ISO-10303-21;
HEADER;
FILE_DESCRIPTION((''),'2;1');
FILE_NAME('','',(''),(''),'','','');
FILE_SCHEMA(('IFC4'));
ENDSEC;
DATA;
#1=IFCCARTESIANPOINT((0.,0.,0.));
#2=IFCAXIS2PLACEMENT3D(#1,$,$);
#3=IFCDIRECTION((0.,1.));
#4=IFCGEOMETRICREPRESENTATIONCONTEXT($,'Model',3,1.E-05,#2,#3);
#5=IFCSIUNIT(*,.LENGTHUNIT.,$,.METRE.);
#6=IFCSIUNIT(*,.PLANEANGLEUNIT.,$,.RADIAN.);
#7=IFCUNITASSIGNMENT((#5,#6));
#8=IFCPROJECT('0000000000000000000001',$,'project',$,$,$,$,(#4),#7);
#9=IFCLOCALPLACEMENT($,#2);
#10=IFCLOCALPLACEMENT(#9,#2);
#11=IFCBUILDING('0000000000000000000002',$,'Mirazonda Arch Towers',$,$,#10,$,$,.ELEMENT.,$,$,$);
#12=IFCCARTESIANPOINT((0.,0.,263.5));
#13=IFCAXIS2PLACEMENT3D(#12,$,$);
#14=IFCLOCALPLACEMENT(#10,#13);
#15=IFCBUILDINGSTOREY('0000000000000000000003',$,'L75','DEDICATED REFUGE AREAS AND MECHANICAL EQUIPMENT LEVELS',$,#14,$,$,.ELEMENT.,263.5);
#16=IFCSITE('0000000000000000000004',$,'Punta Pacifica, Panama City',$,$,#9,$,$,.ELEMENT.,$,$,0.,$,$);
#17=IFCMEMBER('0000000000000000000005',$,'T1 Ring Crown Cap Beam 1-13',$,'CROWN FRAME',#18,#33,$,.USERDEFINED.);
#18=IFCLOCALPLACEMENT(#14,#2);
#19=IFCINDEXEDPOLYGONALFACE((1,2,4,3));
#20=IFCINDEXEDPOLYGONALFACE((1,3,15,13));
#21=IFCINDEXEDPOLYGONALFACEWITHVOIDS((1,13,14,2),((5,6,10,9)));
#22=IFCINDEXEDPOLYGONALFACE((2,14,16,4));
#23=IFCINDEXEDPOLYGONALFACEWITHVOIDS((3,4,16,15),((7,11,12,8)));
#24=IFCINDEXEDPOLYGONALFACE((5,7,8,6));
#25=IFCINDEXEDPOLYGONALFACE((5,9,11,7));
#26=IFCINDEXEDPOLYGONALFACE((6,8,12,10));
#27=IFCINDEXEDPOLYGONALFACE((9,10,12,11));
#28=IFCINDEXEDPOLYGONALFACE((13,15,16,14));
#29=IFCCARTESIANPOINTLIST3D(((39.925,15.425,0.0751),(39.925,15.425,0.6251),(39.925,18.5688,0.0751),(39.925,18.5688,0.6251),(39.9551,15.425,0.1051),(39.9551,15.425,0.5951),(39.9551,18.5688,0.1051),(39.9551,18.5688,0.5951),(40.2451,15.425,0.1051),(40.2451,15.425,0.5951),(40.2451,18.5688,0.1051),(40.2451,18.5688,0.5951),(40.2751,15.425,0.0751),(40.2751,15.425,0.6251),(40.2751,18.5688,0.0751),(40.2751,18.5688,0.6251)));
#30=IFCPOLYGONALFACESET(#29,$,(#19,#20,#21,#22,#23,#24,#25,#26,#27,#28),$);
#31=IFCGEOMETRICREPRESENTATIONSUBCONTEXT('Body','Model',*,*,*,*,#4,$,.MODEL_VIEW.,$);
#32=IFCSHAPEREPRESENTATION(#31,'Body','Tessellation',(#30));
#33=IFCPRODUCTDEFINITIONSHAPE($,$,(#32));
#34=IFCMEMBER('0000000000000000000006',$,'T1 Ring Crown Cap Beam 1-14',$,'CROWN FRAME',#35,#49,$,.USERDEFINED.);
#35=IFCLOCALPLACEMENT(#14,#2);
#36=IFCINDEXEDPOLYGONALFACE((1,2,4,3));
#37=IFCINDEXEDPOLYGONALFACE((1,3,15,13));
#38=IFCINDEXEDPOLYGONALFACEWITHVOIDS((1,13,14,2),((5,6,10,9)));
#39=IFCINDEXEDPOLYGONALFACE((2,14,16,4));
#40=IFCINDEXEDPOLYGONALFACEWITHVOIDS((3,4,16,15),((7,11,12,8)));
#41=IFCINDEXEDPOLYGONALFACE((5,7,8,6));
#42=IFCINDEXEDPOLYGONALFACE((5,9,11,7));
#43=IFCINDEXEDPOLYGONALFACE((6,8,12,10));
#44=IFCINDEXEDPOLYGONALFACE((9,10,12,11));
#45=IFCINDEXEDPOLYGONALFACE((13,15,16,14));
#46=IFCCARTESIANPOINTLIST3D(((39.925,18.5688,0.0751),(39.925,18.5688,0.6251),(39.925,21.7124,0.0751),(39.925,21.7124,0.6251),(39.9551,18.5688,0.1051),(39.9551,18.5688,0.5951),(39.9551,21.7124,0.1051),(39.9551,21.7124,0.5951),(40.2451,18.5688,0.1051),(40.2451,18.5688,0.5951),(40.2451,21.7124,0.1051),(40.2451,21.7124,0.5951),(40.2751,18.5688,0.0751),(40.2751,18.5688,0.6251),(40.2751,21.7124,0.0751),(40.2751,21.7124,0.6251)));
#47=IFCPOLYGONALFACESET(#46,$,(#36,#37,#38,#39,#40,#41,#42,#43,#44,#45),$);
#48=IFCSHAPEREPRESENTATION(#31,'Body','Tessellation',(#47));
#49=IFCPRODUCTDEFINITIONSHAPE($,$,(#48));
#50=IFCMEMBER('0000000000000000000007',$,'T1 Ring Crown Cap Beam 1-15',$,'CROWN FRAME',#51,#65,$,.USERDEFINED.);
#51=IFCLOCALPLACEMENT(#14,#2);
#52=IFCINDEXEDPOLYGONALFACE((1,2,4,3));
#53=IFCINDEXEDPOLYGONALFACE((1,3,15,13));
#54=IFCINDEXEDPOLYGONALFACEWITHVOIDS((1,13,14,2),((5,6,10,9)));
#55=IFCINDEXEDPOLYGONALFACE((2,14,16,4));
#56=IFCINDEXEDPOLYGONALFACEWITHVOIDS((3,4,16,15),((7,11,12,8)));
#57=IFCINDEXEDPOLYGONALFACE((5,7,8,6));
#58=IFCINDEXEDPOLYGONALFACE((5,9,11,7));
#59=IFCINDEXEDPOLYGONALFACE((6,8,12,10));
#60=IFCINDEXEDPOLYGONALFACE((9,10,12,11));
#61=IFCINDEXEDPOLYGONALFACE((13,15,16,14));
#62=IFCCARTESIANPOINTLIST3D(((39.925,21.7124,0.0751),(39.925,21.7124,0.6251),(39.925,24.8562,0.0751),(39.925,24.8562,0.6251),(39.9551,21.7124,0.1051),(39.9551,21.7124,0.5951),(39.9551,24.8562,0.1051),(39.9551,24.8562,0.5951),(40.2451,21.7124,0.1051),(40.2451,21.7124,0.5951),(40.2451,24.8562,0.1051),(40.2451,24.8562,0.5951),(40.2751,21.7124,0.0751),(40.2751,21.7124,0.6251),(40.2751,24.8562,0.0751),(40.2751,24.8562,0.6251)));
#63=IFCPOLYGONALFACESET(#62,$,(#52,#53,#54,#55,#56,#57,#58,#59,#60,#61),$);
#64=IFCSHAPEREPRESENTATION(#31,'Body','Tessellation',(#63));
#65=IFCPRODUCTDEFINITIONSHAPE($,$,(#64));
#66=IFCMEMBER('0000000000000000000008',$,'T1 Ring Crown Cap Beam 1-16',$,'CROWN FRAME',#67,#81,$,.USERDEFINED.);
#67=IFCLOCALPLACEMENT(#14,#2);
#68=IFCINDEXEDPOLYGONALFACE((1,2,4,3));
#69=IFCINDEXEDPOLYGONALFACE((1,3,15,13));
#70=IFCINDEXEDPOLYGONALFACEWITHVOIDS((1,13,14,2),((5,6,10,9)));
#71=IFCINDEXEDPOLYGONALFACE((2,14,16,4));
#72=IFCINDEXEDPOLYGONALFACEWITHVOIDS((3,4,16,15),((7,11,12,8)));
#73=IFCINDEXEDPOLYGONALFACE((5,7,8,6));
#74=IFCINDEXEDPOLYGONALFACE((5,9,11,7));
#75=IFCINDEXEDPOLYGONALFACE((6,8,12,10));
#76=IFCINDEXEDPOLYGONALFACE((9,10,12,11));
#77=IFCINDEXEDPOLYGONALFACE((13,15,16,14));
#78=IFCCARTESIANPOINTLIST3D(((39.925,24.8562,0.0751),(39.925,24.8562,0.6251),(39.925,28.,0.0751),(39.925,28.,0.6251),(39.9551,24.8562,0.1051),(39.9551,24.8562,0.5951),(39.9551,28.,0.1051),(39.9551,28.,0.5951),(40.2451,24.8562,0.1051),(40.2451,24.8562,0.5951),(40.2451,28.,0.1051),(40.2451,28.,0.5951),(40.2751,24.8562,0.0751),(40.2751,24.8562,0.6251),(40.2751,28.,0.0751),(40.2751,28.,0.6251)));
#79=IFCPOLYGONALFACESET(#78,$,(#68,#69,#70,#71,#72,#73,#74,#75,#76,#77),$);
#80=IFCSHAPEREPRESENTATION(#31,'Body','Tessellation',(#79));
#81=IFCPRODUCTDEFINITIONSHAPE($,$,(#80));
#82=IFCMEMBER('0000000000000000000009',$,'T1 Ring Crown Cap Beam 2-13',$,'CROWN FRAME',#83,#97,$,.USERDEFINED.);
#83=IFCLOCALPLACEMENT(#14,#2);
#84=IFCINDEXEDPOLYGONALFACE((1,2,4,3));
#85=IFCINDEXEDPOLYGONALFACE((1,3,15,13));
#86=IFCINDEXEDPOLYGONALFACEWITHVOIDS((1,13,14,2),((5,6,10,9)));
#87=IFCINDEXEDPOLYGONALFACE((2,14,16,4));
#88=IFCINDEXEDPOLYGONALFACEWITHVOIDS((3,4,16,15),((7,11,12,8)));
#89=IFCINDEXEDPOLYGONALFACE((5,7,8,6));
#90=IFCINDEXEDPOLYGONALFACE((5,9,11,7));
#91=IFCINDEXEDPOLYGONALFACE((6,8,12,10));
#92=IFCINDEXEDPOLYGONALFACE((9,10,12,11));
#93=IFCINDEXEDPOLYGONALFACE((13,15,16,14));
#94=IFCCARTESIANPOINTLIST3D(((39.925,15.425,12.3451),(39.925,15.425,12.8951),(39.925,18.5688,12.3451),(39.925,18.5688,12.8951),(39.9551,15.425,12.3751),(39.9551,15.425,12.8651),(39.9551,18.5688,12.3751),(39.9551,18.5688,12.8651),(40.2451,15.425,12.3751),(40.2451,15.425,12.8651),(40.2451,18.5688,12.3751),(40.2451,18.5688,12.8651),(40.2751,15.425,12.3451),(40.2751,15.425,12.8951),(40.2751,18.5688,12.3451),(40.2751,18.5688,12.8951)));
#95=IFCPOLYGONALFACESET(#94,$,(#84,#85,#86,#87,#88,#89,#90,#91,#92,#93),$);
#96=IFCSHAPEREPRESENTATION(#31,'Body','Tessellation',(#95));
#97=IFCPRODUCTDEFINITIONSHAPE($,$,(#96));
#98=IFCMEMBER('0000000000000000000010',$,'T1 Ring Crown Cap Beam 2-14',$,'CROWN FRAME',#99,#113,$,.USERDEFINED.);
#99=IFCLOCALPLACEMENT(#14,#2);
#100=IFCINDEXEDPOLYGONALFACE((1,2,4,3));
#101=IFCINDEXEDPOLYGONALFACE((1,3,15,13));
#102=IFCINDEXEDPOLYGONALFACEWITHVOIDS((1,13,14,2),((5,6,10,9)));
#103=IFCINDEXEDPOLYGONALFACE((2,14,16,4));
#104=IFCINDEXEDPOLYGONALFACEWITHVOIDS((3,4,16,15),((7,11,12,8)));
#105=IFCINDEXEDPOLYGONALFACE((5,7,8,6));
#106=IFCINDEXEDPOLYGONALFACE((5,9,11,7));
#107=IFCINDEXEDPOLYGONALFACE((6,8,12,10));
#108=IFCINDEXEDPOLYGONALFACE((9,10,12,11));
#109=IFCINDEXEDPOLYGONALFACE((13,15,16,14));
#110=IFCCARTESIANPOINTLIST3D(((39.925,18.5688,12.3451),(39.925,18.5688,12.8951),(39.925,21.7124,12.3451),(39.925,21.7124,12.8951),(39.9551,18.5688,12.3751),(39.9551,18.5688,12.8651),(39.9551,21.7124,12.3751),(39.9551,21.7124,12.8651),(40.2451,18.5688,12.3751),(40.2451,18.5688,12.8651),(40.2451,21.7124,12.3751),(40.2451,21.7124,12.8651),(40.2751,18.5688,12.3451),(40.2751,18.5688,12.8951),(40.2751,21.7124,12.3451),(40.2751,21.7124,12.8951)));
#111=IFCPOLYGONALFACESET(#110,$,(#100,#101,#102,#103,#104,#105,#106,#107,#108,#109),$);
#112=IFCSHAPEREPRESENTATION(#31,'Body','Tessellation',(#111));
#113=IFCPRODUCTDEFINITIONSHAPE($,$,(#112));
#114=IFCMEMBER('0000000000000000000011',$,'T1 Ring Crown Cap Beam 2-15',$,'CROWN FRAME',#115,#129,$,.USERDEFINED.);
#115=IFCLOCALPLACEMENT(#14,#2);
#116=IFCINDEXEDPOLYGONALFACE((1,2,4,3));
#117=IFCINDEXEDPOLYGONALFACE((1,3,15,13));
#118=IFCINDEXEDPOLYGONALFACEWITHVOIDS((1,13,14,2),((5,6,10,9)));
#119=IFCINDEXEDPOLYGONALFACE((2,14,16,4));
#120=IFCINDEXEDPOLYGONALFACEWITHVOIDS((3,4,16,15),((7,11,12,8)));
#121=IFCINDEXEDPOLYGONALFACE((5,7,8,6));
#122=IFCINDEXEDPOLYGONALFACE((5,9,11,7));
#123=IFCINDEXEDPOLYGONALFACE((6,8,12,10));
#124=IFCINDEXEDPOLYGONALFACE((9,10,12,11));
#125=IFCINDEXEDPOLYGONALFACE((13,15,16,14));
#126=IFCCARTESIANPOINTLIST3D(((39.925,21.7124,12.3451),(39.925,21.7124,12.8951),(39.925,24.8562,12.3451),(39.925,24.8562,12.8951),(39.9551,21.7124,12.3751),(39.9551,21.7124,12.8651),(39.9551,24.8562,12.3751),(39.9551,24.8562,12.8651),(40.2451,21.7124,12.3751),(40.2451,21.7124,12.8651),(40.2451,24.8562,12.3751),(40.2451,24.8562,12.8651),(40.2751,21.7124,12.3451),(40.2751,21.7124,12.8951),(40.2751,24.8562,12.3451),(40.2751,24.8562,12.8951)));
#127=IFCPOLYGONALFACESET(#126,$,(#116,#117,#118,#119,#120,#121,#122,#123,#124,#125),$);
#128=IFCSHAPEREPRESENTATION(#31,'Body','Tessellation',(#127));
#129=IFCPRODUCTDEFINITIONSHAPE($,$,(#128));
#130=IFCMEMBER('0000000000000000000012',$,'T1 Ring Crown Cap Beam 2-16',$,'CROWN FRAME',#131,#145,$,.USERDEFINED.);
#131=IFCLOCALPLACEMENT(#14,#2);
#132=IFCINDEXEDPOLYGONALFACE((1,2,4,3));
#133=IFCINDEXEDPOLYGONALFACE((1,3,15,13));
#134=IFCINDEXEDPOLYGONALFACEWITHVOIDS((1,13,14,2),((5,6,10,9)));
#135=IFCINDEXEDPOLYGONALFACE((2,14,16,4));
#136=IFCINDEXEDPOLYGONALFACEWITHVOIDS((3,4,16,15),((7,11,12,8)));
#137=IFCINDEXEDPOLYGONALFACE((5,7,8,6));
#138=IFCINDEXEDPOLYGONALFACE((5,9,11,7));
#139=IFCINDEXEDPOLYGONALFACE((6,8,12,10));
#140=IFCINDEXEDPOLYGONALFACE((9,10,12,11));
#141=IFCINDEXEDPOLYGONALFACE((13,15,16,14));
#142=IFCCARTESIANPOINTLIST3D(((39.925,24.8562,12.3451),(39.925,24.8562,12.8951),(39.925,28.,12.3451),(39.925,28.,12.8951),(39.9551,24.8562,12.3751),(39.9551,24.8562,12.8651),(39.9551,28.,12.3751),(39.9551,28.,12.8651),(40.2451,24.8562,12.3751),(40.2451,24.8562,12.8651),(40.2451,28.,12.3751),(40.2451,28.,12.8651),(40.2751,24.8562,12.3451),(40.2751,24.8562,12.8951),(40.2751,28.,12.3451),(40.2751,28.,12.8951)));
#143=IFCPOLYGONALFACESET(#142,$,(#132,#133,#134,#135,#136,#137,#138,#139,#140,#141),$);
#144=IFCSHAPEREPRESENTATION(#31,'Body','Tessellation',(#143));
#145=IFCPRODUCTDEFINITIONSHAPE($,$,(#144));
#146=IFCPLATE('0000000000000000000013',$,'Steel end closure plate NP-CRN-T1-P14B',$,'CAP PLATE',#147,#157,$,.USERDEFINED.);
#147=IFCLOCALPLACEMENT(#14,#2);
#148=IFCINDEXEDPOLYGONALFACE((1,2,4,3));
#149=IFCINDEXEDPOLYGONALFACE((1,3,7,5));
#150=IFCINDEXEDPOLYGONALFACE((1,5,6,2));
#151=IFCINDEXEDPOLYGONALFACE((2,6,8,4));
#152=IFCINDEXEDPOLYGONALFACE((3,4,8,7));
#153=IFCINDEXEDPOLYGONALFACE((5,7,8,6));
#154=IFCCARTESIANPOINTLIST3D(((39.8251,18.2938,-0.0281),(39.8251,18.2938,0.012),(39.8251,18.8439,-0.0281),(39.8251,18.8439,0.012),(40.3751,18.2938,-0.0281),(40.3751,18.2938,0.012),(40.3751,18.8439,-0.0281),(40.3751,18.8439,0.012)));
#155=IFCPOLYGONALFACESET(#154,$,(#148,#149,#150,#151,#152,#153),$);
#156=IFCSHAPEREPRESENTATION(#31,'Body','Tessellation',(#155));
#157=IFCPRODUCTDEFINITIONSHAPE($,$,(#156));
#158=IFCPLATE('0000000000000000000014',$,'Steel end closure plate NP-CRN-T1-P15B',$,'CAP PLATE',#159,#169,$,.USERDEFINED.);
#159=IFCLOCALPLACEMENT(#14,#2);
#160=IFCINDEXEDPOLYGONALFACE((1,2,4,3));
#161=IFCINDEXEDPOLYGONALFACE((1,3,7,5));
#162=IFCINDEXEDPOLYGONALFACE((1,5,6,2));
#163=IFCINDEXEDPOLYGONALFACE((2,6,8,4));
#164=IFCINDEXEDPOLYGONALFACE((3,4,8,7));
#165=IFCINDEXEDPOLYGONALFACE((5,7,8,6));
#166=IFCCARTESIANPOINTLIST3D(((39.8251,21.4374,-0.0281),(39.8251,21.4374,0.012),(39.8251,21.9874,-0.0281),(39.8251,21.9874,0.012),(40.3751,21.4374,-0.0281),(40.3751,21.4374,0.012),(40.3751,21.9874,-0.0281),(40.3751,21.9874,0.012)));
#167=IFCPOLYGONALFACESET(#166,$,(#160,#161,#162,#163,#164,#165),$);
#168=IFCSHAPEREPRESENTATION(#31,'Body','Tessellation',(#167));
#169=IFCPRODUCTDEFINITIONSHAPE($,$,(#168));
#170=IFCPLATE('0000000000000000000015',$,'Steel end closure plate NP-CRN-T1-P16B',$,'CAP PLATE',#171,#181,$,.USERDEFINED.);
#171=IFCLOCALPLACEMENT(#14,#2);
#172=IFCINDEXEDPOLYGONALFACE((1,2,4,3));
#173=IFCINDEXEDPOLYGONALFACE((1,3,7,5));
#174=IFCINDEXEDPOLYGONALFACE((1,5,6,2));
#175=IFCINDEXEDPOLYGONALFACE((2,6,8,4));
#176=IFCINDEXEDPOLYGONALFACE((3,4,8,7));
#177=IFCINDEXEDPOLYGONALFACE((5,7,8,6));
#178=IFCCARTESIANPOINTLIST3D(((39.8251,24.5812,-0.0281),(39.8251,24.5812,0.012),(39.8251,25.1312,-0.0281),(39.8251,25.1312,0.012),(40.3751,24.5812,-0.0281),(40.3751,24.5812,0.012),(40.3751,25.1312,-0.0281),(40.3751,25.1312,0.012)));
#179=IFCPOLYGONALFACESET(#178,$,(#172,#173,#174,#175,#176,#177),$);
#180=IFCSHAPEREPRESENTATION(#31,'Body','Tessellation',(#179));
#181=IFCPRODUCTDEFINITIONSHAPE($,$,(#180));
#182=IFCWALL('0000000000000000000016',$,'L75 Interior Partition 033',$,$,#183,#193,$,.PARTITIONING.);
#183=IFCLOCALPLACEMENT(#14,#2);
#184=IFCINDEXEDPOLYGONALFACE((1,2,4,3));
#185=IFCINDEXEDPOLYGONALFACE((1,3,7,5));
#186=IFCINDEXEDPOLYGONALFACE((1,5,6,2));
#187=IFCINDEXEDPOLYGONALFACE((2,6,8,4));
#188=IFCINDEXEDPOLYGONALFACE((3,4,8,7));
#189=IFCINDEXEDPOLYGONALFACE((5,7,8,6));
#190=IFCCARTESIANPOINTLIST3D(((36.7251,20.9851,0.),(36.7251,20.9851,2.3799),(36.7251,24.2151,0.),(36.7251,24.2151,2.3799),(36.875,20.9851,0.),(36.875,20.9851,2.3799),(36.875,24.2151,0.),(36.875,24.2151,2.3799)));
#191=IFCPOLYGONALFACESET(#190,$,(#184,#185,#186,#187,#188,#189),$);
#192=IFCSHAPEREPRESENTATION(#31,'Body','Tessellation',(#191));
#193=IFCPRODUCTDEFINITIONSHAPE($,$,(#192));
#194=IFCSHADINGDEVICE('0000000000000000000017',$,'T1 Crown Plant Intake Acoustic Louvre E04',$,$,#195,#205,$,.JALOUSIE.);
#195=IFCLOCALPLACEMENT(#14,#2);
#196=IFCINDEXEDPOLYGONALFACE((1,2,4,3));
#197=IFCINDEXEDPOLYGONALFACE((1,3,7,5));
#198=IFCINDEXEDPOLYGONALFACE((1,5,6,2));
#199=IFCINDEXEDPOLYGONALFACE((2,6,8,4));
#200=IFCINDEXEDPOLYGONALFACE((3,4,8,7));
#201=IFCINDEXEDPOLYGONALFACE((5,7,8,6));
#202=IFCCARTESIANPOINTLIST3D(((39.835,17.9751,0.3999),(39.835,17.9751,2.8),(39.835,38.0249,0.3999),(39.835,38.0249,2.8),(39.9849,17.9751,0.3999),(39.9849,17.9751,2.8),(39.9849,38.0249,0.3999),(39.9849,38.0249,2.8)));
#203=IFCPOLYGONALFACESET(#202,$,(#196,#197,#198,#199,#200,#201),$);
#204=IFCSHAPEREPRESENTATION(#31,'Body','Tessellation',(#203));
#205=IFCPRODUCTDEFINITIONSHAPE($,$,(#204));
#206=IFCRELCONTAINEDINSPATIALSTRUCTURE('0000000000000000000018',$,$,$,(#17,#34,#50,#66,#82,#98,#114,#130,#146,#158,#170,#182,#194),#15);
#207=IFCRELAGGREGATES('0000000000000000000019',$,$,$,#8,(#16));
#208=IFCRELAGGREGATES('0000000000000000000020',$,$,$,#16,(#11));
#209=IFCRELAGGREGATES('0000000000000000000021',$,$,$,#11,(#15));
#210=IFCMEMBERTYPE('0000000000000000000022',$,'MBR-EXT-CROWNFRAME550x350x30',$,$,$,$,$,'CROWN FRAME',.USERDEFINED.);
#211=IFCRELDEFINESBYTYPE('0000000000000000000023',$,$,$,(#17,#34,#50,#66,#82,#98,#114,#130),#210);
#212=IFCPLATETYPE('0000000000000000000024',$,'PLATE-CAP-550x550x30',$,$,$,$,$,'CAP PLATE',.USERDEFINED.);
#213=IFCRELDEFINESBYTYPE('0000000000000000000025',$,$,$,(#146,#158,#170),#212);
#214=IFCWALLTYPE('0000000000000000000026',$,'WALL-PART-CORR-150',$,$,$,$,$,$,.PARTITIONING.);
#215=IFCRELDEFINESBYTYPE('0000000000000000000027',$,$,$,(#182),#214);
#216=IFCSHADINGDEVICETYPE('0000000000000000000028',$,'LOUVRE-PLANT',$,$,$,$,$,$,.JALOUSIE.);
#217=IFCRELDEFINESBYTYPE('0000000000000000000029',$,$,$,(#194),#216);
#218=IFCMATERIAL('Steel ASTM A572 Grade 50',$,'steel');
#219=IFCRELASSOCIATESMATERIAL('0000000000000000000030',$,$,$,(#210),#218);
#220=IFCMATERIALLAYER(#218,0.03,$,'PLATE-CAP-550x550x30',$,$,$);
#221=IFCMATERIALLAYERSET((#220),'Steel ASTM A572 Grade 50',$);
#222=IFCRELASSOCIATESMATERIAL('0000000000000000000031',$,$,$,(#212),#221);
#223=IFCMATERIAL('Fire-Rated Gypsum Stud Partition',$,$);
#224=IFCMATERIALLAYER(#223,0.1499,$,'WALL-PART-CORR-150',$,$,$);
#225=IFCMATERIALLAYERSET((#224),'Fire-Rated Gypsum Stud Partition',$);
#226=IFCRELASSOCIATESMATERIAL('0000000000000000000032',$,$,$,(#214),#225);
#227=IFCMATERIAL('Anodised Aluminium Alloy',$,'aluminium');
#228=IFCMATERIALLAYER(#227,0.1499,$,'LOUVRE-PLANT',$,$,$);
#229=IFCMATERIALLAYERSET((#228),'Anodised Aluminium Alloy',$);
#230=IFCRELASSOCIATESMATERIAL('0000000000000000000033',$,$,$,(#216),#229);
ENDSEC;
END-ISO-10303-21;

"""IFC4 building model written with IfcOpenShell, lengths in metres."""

from ifc_helpers import new_model, si_unit, direction, frame, frame_2d, origin, origin_2d, place, context, subcontext, project, spatial, rectangle, hollow_rectangle, extrude, material, layer, layer_set, material_profile, profile_set, type_object, element, save


model = new_model("IFC4")

# Units and contexts
model_context = context("Model", 3, precision=1e-05, world=origin(), true_north=direction((0.0, 1.0)))
body_context = subcontext(model_context, "Body", "Model", "MODEL_VIEW")
ifc_project = project(units=[si_unit("LENGTHUNIT", "METRE"), si_unit("PLANEANGLEUNIT", "RADIAN")], contexts=[model_context])

# Site, building, storey
site_placement = place(None, origin())
site = spatial("IfcSite", under=ifc_project, at=site_placement, Name="Punta Pacifica, Panama City", CompositionType="ELEMENT", RefElevation=0.0)
building_placement = place(site_placement, origin())
building = spatial("IfcBuilding", under=site, at=building_placement, Name="Mirazonda Arch Towers", CompositionType="ELEMENT")
storey_placement = place(building_placement, frame((0.0, 0.0, 263.5)))
storey = spatial("IfcBuildingStorey", under=building, at=storey_placement, Name="L75", Description="DEDICATED REFUGE AREAS AND MECHANICAL EQUIPMENT LEVELS", CompositionType="ELEMENT", Elevation=263.5)

# Shared definitions
ifc_material_1 = material(Name="Steel ASTM A572 Grade 50", Category="steel")

# Members
ifc_material_profile_1 = material_profile(ifc_material_1, hollow_rectangle(XDim=0.3501, YDim=0.55, WallThickness=0.03, at=origin_2d()), Name="CROWNFRAME550x350x30")
ifc_profile_set_1 = profile_set([ifc_material_profile_1], Name="Steel ASTM A572 Grade 50")
member_type_1 = type_object("IfcMemberType", Name="MBR-EXT-CROWNFRAME550x350x30", ElementType="CROWN FRAME", PredefinedType="USERDEFINED", material=ifc_profile_set_1)
member_1_placement = place(storey_placement, frame((40.1001, 15.425, 0.3501), z_axis=(0.0, 1.0, 0.0), x_axis=(-1.0, 0.0, 0.0)))
element("IfcMember", 1, at=member_1_placement, inside=storey, type_object=member_type_1, Name="T1 Ring Crown Cap Beam 1-13", ObjectType="CROWN FRAME", PredefinedType="USERDEFINED", context=body_context, shape_type="SweptSolid", body=[
    extrude(hollow_rectangle(XDim=0.3501, YDim=0.55, WallThickness=0.03, at=origin_2d()), origin(), (0.0, 0.0, 1.0), 3.1438),
])
member_2_placement = place(storey_placement, frame((40.1001, 18.5688, 0.3501), z_axis=(0.0, 1.0, 0.0), x_axis=(-1.0, 0.0, 0.0)))
element("IfcMember", 2, at=member_2_placement, inside=storey, type_object=member_type_1, Name="T1 Ring Crown Cap Beam 1-14", ObjectType="CROWN FRAME", PredefinedType="USERDEFINED", context=body_context, shape_type="SweptSolid", body=[
    extrude(hollow_rectangle(XDim=0.3501, YDim=0.55, WallThickness=0.03, at=origin_2d()), origin(), (0.0, 0.0, 1.0), 3.1436),
])
for number, where, z_axis, x_axis, name in (
    (3, (40.1001, 21.7124, 0.3501), (0.0, 1.0, 0.0), (-1.0, 0.0, 0.0), "T1 Ring Crown Cap Beam 1-15"),
    (4, (40.1001, 24.8562, 0.3501), (0.0, 1.0, 0.0), (-1.0, 0.0, 0.0), "T1 Ring Crown Cap Beam 1-16"),
    (5, (40.1001, 15.425, 12.6201), (0.0, 1.0, 0.0), (-1.0, 0.0, 0.0), "T1 Ring Crown Cap Beam 2-13"),
):
    element("IfcMember", number, at=place(storey_placement, frame(where, z_axis=z_axis, x_axis=x_axis)), inside=storey, type_object=member_type_1, Name=name, ObjectType="CROWN FRAME", PredefinedType="USERDEFINED", context=body_context, shape_type="SweptSolid", body=[
        extrude(hollow_rectangle(XDim=0.3501, YDim=0.55, WallThickness=0.03, at=origin_2d()), origin(), (0.0, 0.0, 1.0), 3.1438),
    ])
member_3_placement = place(storey_placement, frame((40.1001, 18.5688, 12.6201), z_axis=(0.0, 1.0, 0.0), x_axis=(-1.0, 0.0, 0.0)))
element("IfcMember", 6, at=member_3_placement, inside=storey, type_object=member_type_1, Name="T1 Ring Crown Cap Beam 2-14", ObjectType="CROWN FRAME", PredefinedType="USERDEFINED", context=body_context, shape_type="SweptSolid", body=[
    extrude(hollow_rectangle(XDim=0.3501, YDim=0.55, WallThickness=0.03, at=origin_2d()), origin(), (0.0, 0.0, 1.0), 3.1436),
])
for number, where, z_axis, x_axis, name in (
    (7, (40.1001, 21.7124, 12.6201), (0.0, 1.0, 0.0), (-1.0, 0.0, 0.0), "T1 Ring Crown Cap Beam 2-15"),
    (8, (40.1001, 24.8562, 12.6201), (0.0, 1.0, 0.0), (-1.0, 0.0, 0.0), "T1 Ring Crown Cap Beam 2-16"),
):
    element("IfcMember", number, at=place(storey_placement, frame(where, z_axis=z_axis, x_axis=x_axis)), inside=storey, type_object=member_type_1, Name=name, ObjectType="CROWN FRAME", PredefinedType="USERDEFINED", context=body_context, shape_type="SweptSolid", body=[
        extrude(hollow_rectangle(XDim=0.3501, YDim=0.55, WallThickness=0.03, at=origin_2d()), origin(), (0.0, 0.0, 1.0), 3.1438),
    ])

# Plates
ifc_layer_1 = layer(ifc_material_1, 0.03, Name="PLATE-CAP-550x550x30")
ifc_layer_set_1 = layer_set([ifc_layer_1], Name="Steel ASTM A572 Grade 50")
plate_type = type_object("IfcPlateType", Name="PLATE-CAP-550x550x30", ElementType="CAP PLATE", PredefinedType="USERDEFINED", material=ifc_layer_set_1)
for number, where, z_axis, x_axis, name in (
    (9, (40.1001, 18.5688, -0.0281), (0.0, 0.0, 1.0), (1.0, 0.0, 0.0), "Steel end closure plate NP-CRN-T1-P14B"),
    (10, (40.1001, 21.7124, -0.0281), (0.0, 0.0, 1.0), (1.0, 0.0, 0.0), "Steel end closure plate NP-CRN-T1-P15B"),
    (11, (40.1001, 24.8562, -0.0281), (0.0, 0.0, 1.0), (1.0, 0.0, 0.0), "Steel end closure plate NP-CRN-T1-P16B"),
):
    element("IfcPlate", number, at=place(storey_placement, frame(where, z_axis=z_axis, x_axis=x_axis)), inside=storey, type_object=plate_type, Name=name, ObjectType="CAP PLATE", PredefinedType="USERDEFINED", context=body_context, shape_type="SweptSolid", body=[
        extrude(rectangle(XDim=0.55, YDim=0.55, at=origin_2d()), origin(), (0.0, 0.0, 1.0), 0.04),
    ])

# Wall
ifc_material_2 = material(Name="Fire-Rated Gypsum Stud Partition")
ifc_layer_2 = layer(ifc_material_2, 0.1499, Name="WALL-PART-CORR-150")
ifc_layer_set_2 = layer_set([ifc_layer_2], Name="Fire-Rated Gypsum Stud Partition")
wall_type = type_object("IfcWallType", Name="WALL-PART-CORR-150", PredefinedType="PARTITIONING", material=ifc_layer_set_2)
wall_placement = place(storey_placement, frame((36.8, 20.9851, 0.0), z_axis=(0.0, 0.0, 1.0), x_axis=(0.0, 1.0, 0.0)))
element("IfcWall", 12, at=wall_placement, inside=storey, type_object=wall_type, Name="L75 Interior Partition 033", PredefinedType="PARTITIONING", context=body_context, shape_type="SweptSolid", body=[
    extrude(rectangle(XDim=3.23, YDim=0.1499, at=frame_2d((1.615, 0.0))), origin(), (0.0, 0.0, 1.0), 2.3799),
])

# Shading device
ifc_material_3 = material(Name="Anodised Aluminium Alloy", Category="aluminium")
ifc_layer_3 = layer(ifc_material_3, 0.1499, Name="LOUVRE-PLANT")
ifc_layer_set_3 = layer_set([ifc_layer_3], Name="Anodised Aluminium Alloy")
shading_device_type_1 = type_object("IfcShadingDeviceType", Name="LOUVRE-PLANT", PredefinedType="JALOUSIE", material=ifc_layer_set_3)
shading_device_1_placement = place(storey_placement, frame((39.9099, 17.9751, 0.3999), z_axis=(0.0, 0.0, 1.0), x_axis=(0.0, 1.0, 0.0)))
element("IfcShadingDevice", 13, at=shading_device_1_placement, inside=storey, type_object=shading_device_type_1, Name="T1 Crown Plant Intake Acoustic Louvre E04", PredefinedType="JALOUSIE", context=body_context, shape_type="SweptSolid", body=[
    extrude(rectangle(XDim=20.0498, YDim=0.1499, at=frame_2d((10.0249, 0.0))), origin(), (0.0, 0.0, 1.0), 2.4001),
])

save(model, "model.ifc")
